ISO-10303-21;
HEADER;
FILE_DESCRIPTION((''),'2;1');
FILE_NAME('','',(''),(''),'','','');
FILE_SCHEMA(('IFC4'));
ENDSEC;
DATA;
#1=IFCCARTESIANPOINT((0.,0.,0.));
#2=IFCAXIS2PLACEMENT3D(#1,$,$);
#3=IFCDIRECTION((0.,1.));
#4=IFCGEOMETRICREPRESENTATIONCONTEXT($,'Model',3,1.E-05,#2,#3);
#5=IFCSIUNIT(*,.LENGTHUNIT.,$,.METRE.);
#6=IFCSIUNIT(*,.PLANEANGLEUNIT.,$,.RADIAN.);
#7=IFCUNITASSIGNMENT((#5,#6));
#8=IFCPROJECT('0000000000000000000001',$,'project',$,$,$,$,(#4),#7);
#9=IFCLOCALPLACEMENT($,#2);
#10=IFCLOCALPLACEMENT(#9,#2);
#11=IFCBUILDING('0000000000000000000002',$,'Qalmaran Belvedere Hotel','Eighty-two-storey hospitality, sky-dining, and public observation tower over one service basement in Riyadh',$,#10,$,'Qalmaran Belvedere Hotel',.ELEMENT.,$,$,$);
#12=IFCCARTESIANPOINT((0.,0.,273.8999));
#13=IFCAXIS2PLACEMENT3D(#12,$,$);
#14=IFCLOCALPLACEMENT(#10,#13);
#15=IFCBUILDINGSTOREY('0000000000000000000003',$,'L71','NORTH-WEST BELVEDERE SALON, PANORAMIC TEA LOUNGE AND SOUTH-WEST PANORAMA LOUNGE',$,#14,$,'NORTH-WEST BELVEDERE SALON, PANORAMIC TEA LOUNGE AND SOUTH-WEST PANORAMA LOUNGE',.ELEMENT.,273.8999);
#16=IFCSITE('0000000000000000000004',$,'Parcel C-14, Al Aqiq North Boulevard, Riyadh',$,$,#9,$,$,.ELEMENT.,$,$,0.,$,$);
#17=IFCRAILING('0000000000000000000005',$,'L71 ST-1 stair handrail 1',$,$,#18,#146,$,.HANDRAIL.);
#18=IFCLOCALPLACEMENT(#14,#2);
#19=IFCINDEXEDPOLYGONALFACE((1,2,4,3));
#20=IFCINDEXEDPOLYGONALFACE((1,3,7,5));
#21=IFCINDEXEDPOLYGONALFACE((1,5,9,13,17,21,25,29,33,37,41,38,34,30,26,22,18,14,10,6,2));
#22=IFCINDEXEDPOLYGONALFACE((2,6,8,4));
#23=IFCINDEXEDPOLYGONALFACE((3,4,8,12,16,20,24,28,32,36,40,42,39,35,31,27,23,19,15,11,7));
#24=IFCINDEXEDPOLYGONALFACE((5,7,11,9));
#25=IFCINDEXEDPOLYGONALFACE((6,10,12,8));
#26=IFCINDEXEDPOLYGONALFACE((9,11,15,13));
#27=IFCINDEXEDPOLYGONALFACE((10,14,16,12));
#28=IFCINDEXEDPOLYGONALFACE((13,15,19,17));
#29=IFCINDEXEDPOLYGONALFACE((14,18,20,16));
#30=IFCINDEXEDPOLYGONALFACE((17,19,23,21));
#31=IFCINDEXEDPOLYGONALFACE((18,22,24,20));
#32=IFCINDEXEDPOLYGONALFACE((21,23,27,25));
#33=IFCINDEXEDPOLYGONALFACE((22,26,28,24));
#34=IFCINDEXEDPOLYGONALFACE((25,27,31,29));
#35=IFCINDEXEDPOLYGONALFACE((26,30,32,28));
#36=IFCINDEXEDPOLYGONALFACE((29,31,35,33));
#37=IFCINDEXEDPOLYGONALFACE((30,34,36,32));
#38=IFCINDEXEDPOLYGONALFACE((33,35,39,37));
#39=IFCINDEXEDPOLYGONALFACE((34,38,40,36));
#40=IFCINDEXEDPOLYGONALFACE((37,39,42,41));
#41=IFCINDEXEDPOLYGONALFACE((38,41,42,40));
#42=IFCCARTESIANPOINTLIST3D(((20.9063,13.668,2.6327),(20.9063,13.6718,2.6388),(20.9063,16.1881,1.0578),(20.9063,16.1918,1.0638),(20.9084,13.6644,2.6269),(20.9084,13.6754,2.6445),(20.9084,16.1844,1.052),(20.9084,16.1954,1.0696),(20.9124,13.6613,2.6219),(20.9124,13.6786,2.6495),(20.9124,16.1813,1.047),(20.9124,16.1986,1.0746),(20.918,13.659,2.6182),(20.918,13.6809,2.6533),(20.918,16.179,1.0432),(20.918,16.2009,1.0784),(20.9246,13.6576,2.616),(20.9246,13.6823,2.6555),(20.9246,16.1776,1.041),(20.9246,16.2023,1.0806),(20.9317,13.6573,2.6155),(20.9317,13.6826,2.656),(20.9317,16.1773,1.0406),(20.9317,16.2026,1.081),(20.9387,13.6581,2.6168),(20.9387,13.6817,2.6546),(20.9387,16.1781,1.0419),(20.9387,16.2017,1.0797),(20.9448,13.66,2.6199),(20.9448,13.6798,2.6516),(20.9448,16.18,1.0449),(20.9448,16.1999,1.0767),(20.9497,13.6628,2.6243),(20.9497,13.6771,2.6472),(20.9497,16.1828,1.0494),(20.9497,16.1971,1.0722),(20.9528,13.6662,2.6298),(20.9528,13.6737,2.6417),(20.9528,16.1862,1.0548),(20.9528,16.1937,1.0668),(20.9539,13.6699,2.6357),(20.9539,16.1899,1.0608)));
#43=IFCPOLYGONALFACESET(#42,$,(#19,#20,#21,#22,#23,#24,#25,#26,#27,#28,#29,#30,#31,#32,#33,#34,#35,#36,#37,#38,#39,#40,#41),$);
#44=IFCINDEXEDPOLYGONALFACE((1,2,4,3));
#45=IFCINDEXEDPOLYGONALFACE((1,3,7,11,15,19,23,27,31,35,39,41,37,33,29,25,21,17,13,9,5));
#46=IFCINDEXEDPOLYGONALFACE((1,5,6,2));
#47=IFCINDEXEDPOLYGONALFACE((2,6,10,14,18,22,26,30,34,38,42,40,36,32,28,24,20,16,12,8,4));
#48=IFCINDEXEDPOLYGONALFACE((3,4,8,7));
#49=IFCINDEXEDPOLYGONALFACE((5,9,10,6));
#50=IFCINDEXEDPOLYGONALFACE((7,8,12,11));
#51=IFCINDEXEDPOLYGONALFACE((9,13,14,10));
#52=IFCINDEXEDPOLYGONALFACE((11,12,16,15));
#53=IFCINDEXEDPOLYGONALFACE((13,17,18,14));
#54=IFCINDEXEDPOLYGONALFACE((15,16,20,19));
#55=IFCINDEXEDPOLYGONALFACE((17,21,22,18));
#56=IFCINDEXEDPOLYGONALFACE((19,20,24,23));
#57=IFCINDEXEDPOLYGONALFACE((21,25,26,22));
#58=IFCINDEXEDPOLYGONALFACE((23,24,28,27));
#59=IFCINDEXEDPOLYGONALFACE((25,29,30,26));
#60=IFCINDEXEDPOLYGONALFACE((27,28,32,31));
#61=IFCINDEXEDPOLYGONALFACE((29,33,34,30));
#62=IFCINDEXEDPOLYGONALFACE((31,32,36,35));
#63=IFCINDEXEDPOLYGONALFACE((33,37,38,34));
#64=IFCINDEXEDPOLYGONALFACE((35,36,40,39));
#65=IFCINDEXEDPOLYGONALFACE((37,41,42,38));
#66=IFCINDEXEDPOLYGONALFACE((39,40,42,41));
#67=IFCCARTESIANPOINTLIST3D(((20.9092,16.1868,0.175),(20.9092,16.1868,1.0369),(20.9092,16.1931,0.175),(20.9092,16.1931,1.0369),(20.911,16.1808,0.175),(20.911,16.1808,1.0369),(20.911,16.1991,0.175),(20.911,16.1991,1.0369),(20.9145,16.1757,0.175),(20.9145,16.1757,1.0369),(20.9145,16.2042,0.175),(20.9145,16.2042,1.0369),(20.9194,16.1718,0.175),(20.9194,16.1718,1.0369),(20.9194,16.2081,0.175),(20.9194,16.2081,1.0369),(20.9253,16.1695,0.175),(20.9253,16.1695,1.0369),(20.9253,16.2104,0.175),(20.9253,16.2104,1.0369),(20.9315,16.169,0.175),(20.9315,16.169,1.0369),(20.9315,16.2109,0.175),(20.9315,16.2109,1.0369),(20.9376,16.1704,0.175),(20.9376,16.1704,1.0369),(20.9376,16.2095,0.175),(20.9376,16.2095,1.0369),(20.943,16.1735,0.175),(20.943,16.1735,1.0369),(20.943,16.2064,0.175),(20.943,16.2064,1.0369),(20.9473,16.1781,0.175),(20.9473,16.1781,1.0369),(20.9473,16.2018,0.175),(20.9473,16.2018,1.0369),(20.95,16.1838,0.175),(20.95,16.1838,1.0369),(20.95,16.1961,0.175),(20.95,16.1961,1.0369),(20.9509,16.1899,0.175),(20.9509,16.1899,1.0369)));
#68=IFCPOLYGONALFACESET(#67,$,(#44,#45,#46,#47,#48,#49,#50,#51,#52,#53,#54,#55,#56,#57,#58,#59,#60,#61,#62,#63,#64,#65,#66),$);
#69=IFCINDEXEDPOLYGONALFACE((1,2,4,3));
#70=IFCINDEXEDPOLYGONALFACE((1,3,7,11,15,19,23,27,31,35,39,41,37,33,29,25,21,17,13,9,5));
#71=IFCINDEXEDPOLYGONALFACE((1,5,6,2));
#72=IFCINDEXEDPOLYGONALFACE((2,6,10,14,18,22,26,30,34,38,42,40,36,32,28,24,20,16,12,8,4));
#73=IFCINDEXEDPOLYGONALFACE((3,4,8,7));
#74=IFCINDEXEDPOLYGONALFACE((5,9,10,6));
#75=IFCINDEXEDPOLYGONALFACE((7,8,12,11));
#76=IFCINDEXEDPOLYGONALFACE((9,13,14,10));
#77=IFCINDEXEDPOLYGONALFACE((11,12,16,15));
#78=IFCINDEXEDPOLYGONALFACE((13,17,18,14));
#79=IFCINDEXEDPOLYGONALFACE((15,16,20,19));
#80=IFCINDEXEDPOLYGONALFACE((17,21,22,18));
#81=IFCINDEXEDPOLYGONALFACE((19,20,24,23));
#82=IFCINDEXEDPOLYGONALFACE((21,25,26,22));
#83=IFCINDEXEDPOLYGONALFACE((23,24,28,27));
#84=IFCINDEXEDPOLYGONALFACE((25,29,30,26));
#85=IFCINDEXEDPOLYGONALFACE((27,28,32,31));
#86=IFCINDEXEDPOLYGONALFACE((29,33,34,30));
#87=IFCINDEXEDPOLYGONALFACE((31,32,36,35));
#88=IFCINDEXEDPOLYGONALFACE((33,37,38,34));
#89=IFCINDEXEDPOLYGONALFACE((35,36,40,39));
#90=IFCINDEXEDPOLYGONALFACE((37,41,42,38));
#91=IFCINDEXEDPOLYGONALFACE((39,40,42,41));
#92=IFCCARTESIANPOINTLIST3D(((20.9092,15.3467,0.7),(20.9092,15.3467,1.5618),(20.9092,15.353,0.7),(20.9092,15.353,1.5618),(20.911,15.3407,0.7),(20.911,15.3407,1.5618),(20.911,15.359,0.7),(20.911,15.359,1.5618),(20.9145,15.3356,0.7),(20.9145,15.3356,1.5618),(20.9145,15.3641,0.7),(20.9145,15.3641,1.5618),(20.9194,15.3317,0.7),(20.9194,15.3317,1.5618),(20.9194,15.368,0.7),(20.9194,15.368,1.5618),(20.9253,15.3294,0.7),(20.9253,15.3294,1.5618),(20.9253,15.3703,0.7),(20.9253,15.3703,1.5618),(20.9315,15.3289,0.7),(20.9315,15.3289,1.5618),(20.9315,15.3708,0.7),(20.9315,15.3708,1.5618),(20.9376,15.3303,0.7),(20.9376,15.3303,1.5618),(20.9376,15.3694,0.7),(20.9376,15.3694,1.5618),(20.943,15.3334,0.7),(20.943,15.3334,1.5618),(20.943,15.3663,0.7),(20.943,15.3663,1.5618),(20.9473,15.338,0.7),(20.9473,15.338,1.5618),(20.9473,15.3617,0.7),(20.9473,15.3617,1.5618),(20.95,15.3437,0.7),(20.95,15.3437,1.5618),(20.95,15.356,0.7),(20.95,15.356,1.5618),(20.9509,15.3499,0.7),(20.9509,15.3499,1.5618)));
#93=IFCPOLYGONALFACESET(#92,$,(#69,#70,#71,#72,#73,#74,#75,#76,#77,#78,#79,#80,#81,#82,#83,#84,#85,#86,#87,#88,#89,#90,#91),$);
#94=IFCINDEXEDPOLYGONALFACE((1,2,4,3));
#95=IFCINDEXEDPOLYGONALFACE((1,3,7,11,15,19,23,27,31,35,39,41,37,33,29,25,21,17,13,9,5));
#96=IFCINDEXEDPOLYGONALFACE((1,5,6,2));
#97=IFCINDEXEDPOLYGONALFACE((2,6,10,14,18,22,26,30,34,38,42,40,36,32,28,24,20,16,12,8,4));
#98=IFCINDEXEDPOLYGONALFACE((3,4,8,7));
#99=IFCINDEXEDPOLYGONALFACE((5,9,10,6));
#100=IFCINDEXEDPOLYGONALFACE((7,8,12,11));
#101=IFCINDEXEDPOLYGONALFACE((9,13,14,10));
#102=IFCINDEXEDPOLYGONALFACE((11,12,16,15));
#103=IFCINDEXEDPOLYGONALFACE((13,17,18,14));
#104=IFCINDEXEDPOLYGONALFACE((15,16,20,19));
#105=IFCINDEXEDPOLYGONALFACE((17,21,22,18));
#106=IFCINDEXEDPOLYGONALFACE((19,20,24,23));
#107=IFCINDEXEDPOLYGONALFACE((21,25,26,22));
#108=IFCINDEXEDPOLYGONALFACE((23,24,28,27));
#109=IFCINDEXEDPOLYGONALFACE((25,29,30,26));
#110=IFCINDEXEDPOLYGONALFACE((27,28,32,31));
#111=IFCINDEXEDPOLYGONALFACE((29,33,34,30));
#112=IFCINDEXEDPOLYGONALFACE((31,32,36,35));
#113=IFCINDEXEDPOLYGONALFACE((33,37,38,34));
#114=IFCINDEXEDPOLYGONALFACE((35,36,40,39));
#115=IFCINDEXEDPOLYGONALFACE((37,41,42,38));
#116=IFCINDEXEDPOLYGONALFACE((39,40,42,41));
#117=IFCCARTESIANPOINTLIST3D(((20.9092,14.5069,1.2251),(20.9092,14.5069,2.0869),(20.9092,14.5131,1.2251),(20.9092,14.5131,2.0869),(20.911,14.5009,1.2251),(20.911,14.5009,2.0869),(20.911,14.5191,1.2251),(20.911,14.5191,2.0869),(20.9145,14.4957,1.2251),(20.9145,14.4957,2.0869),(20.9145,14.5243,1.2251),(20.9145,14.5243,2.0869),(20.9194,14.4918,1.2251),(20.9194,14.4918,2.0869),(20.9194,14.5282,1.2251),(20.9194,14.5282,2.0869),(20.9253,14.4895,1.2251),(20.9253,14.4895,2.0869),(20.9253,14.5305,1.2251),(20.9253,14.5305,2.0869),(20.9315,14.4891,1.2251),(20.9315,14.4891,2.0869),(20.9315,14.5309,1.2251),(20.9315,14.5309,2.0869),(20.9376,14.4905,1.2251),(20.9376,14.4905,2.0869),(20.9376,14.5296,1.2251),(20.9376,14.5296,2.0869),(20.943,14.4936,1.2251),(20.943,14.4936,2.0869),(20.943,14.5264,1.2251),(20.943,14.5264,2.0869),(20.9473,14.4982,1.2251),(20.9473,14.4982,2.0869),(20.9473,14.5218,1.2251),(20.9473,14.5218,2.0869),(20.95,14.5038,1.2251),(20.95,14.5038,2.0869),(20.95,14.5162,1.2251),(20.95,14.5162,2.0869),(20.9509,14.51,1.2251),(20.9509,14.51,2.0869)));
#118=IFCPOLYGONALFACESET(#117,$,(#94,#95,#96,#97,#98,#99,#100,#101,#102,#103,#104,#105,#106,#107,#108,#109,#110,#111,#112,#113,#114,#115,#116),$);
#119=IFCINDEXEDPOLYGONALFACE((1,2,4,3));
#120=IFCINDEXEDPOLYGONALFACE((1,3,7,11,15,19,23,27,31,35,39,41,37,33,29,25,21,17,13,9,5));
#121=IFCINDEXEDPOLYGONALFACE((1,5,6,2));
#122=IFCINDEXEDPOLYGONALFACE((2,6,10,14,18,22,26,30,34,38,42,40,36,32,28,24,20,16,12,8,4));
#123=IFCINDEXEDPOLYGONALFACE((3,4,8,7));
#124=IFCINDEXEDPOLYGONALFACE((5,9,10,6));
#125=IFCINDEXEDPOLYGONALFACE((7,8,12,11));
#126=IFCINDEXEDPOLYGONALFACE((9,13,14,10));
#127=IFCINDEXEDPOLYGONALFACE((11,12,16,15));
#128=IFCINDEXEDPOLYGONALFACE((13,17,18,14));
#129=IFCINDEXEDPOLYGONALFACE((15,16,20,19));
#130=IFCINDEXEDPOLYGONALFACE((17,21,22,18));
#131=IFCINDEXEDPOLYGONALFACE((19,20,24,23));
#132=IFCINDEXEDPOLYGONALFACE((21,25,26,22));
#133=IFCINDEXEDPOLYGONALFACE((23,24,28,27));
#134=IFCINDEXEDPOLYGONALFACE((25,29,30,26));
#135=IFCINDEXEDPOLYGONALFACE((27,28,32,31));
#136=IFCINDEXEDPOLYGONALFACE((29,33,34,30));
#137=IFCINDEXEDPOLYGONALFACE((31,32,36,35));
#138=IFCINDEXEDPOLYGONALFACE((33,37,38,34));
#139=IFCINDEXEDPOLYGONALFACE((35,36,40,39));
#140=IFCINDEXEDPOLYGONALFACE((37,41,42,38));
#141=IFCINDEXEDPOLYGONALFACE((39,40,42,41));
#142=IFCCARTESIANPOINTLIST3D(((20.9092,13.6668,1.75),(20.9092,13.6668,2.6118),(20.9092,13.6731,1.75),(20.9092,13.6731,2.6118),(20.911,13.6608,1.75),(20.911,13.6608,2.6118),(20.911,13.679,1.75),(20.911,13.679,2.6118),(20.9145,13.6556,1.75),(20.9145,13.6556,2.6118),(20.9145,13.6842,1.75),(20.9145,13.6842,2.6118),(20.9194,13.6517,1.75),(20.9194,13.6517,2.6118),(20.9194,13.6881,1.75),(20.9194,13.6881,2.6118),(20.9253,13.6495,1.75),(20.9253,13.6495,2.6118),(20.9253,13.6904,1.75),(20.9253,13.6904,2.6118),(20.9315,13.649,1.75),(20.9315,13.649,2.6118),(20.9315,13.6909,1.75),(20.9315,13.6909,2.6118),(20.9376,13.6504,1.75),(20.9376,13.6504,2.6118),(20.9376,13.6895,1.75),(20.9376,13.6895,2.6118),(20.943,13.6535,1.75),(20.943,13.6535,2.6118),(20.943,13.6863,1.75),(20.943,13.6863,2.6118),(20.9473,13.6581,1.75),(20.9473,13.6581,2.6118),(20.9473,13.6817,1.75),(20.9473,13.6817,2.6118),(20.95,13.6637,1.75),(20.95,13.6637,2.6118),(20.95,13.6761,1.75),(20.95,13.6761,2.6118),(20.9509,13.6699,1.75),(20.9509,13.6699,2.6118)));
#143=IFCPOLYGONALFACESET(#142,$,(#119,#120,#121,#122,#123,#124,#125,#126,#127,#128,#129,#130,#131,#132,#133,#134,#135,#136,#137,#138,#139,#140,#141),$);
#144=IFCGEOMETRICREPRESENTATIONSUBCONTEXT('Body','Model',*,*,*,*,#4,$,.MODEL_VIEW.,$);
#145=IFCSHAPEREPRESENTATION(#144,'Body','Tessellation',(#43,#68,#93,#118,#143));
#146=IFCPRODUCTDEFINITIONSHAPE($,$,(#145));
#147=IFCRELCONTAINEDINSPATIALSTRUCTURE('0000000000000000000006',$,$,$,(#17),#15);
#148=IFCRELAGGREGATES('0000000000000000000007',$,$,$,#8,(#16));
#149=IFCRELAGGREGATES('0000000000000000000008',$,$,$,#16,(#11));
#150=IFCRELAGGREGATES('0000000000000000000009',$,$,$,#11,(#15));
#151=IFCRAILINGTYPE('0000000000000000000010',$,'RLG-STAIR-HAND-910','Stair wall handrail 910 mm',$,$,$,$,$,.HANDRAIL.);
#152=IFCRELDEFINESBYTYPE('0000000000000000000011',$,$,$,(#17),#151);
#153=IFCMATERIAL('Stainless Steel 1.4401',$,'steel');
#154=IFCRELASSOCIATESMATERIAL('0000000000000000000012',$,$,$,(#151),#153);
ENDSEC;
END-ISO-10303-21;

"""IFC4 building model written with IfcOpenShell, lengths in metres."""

from ifc_helpers import new_model, si_unit, direction, frame, origin, origin_2d, place, context, subcontext, project, spatial, circle, extrude, material, type_object, element, save


model = new_model("IFC4")

# Units and contexts
model_context = context("Model", 3, precision=1e-05, world=origin(), true_north=direction((0.0, 1.0)))
body_context = subcontext(model_context, "Body", "Model", "MODEL_VIEW")
ifc_project = project(units=[si_unit("LENGTHUNIT", "METRE"), si_unit("PLANEANGLEUNIT", "RADIAN")], contexts=[model_context])

# Site, building, storey
site_placement = place(None, origin())
site = spatial("IfcSite", under=ifc_project, at=site_placement, Name="Parcel C-14, Al Aqiq North Boulevard, Riyadh", CompositionType="ELEMENT", RefElevation=0.0)
building_placement = place(site_placement, origin())
building = spatial("IfcBuilding", under=site, at=building_placement, Name="Qalmaran Belvedere Hotel", Description="Eighty-two-storey hospitality, sky-dining, and public observation tower over one service basement in Riyadh", LongName="Qalmaran Belvedere Hotel", CompositionType="ELEMENT")
storey_placement = place(building_placement, frame((0.0, 0.0, 273.8999)))
storey = spatial("IfcBuildingStorey", under=building, at=storey_placement, Name="L71", Description="NORTH-WEST BELVEDERE SALON, PANORAMIC TEA LOUNGE AND SOUTH-WEST PANORAMA LOUNGE", LongName="NORTH-WEST BELVEDERE SALON, PANORAMIC TEA LOUNGE AND SOUTH-WEST PANORAMA LOUNGE", CompositionType="ELEMENT", Elevation=273.8999)

# Railing
ifc_material_1 = material(Name="Stainless Steel 1.4401", Category="steel")
railing_type_1 = type_object("IfcRailingType", Name="RLG-STAIR-HAND-910", Description="Stair wall handrail 910 mm", PredefinedType="HANDRAIL", material=ifc_material_1)
railing_1_placement = place(storey_placement, frame((20.9299, 16.1899, 0.175)))
element("IfcRailing", 1, at=railing_1_placement, inside=storey, type_object=railing_type_1, Name="L71 ST-1 stair handrail 1", PredefinedType="HANDRAIL", context=body_context, shape_type="SweptSolid", body=[
    extrude(circle(Radius=0.0239, at=origin_2d()), frame((0.0, 0.0, 0.8857), z_axis=(0.0, -0.848008, 0.529984), x_axis=(1.0, 0.0, 0.0)), (0.0, 0.0, 1.0), 2.9717),
    extrude(circle(Radius=0.021, at=origin_2d()), origin(), (0.0, 0.0, 1.0), 0.8618),
    extrude(circle(Radius=0.021, at=origin_2d()), frame((0.0, -0.8401, 0.5249)), (0.0, 0.0, 1.0), 0.8618),
    extrude(circle(Radius=0.021, at=origin_2d()), frame((0.0, -1.6799, 1.05)), (0.0, 0.0, 1.0), 0.8618),
    extrude(circle(Radius=0.021, at=origin_2d()), frame((0.0, -2.52, 1.575)), (0.0, 0.0, 1.0), 0.8618),
])

save(model, "model.ifc")
